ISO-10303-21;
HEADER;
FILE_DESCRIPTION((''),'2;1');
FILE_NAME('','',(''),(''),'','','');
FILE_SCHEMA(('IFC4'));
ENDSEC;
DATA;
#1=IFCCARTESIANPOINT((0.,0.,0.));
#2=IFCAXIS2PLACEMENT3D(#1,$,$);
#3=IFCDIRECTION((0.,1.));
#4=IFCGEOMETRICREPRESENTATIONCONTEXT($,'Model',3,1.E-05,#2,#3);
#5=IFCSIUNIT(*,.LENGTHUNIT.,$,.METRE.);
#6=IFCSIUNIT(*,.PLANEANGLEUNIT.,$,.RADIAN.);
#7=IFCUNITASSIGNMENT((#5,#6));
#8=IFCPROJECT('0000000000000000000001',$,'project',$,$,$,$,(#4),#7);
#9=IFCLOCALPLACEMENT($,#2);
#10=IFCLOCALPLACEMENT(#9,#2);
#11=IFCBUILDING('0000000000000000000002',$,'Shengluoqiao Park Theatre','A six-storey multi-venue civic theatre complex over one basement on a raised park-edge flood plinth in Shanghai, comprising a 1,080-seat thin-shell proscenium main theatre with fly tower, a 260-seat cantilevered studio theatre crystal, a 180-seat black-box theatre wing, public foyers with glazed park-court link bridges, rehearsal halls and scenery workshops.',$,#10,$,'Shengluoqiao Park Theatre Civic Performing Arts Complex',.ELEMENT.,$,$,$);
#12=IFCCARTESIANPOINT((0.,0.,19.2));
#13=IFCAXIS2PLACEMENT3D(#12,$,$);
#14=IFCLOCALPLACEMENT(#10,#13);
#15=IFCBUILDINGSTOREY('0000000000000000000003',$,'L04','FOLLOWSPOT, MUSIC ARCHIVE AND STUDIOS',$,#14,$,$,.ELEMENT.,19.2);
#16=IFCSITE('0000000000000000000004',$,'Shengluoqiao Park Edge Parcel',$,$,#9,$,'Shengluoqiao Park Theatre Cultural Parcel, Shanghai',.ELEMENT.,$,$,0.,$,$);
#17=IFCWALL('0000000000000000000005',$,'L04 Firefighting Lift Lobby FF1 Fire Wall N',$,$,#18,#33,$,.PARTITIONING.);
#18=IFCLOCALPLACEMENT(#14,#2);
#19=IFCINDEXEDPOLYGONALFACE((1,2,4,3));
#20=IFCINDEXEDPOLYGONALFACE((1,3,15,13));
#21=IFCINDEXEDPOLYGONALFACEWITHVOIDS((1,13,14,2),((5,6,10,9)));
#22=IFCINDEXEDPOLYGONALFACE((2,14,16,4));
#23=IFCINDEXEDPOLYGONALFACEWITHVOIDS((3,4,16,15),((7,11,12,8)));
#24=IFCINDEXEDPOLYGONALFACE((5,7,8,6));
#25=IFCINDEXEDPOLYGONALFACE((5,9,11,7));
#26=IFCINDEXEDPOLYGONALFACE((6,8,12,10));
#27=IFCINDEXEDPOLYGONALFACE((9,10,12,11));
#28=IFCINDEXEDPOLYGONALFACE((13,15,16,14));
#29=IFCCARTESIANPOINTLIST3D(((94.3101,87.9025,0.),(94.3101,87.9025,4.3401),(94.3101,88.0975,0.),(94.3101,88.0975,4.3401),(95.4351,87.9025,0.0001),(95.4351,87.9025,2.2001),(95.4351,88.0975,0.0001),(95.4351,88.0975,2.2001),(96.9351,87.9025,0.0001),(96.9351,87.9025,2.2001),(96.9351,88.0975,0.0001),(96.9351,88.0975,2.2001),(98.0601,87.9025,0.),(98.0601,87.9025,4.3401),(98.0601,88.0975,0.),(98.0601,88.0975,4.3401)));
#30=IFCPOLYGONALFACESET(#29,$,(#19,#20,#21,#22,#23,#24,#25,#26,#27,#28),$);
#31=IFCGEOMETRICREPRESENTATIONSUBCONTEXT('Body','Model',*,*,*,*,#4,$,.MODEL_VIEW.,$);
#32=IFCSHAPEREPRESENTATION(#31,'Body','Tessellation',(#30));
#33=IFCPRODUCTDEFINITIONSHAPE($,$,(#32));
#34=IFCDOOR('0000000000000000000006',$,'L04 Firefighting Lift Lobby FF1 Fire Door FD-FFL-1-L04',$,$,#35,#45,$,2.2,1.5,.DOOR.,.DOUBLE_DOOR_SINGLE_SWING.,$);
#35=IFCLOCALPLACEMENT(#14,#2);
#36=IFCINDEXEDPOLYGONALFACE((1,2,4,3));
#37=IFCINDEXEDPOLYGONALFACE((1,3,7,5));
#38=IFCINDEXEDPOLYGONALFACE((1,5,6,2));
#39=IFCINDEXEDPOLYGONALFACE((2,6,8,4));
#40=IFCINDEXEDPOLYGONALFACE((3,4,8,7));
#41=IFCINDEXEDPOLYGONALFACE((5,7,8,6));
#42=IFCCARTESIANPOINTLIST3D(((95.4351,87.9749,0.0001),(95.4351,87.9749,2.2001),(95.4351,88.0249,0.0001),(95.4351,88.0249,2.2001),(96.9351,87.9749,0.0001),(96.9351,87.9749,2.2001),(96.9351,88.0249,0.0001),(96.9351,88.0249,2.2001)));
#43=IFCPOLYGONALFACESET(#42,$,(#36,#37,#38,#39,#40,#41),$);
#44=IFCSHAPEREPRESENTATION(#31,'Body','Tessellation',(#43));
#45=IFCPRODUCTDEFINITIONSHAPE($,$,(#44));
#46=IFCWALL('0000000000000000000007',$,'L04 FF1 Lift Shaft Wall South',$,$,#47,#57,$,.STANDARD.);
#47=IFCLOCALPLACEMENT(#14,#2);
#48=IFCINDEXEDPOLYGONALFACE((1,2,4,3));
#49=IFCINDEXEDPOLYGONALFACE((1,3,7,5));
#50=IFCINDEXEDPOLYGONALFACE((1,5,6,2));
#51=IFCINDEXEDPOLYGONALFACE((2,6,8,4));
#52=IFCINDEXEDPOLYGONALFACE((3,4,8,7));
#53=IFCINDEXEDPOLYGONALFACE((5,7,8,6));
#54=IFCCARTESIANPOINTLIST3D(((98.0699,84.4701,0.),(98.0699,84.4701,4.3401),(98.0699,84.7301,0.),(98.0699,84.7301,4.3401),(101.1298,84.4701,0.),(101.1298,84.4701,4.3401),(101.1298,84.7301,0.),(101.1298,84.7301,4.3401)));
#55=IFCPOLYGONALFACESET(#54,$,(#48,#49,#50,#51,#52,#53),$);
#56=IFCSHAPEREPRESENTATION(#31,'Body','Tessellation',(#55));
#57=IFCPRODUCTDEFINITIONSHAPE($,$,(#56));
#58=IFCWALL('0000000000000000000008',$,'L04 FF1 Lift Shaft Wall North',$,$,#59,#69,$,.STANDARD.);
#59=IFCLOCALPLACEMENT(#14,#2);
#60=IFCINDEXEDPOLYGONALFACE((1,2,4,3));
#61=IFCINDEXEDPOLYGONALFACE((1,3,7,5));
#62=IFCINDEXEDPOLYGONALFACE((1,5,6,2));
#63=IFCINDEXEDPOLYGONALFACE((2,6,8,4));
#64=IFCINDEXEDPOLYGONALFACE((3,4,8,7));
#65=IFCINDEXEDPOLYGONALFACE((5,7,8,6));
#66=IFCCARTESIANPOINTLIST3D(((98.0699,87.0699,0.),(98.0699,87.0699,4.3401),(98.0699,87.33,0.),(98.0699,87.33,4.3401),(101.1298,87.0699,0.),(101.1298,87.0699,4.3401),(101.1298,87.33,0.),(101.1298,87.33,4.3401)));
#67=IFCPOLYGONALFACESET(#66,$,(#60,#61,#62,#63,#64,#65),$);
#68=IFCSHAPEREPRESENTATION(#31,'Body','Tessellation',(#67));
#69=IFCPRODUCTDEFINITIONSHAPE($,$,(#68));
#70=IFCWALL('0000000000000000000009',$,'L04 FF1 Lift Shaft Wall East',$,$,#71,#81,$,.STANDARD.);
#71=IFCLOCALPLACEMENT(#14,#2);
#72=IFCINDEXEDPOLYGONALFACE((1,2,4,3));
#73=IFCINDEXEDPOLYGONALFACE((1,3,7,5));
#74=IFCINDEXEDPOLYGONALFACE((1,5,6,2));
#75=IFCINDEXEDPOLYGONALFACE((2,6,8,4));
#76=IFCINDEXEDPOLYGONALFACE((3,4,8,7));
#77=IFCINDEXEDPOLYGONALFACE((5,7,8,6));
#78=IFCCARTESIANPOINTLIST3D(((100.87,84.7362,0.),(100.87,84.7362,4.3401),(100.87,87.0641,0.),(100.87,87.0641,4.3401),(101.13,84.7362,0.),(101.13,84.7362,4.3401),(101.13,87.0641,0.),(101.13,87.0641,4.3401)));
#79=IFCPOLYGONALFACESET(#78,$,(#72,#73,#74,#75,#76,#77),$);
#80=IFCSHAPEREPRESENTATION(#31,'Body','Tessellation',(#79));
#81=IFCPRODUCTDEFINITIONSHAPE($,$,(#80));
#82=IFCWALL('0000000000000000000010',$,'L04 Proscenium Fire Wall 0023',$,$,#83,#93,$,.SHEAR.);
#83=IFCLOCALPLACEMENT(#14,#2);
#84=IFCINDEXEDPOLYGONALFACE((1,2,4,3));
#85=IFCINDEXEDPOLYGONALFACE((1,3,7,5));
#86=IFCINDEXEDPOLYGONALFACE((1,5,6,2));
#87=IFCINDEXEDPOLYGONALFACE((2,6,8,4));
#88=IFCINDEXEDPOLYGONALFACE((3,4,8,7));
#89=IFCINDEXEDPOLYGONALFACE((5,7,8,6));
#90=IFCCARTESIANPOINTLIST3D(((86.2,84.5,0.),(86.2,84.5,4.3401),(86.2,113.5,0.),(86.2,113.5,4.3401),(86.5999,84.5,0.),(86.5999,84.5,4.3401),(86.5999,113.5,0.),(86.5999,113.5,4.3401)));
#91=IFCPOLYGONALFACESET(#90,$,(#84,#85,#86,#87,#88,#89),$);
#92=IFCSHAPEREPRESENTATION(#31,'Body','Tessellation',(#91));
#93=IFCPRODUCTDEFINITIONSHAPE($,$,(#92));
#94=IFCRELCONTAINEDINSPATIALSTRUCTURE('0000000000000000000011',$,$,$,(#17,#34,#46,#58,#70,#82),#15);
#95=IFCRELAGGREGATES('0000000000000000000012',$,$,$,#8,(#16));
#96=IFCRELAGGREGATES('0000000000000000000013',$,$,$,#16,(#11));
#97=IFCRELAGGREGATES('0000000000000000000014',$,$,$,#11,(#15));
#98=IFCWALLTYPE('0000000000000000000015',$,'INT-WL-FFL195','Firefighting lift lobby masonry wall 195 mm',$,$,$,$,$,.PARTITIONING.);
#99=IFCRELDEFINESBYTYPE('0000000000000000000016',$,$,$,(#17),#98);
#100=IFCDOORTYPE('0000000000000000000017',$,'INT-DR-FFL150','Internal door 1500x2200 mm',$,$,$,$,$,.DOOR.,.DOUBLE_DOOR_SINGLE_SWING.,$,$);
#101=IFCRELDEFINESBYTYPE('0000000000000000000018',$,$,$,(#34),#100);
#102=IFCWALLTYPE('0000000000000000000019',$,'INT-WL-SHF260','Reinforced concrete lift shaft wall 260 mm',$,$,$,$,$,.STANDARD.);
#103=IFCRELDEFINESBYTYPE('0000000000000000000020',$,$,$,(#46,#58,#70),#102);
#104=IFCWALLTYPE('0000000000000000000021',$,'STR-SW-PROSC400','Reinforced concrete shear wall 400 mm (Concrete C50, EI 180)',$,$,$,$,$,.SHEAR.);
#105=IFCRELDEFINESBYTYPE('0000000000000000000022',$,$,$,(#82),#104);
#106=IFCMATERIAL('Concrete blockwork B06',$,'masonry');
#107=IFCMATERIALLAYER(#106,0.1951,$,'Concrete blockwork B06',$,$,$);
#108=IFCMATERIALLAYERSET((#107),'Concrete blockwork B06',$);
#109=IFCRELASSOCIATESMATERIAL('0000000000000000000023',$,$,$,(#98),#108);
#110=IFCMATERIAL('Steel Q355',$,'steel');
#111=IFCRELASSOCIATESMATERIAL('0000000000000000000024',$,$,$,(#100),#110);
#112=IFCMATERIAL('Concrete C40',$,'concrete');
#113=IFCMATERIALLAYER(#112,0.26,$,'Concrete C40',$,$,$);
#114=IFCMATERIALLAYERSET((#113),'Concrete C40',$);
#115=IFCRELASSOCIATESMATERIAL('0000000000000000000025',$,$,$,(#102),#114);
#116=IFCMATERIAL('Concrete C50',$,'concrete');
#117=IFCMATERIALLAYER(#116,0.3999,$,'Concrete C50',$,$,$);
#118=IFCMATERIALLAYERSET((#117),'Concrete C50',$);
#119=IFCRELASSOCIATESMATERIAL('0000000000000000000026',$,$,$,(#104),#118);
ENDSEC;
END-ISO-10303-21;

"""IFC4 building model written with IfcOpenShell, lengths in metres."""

from ifc_helpers import new_model, si_unit, direction, frame, frame_2d, origin, place, context, subcontext, project, spatial, rectangle, extrude, material, layer, layer_set, type_object, element, fill, save


model = new_model("IFC4")

# Units and contexts
model_context = context("Model", 3, precision=1e-05, world=origin(), true_north=direction((0.0, 1.0)))
body_context = subcontext(model_context, "Body", "Model", "MODEL_VIEW")
ifc_project = project(units=[si_unit("LENGTHUNIT", "METRE"), si_unit("PLANEANGLEUNIT", "RADIAN")], contexts=[model_context])

# Site, building, storey
site_placement = place(None, origin())
site = spatial("IfcSite", under=ifc_project, at=site_placement, Name="Shengluoqiao Park Edge Parcel", LongName="Shengluoqiao Park Theatre Cultural Parcel, Shanghai", CompositionType="ELEMENT", RefElevation=0.0)
building_placement = place(site_placement, origin())
building = spatial("IfcBuilding", under=site, at=building_placement, Name="Shengluoqiao Park Theatre", Description="A six-storey multi-venue civic theatre complex over one basement on a raised park-edge flood plinth in Shanghai, comprising a 1,080-seat thin-shell proscenium main theatre with fly tower, a 260-seat cantilevered studio theatre crystal, a 180-seat black-box theatre wing, public foyers with glazed park-court link bridges, rehearsal halls and scenery workshops.", LongName="Shengluoqiao Park Theatre Civic Performing Arts Complex", CompositionType="ELEMENT")
storey_placement = place(building_placement, frame((0.0, 0.0, 19.2)))
storey = spatial("IfcBuildingStorey", under=building, at=storey_placement, Name="L04", Description="FOLLOWSPOT, MUSIC ARCHIVE AND STUDIOS", CompositionType="ELEMENT", Elevation=19.2)

# Shared definitions
ifc_material_1 = material(Name="Concrete C50", Category="concrete")

# Shared definitions
ifc_material_2 = material(Name="Steel Q355", Category="steel")

# Shared definitions
ifc_material_3 = material(Name="Concrete C40", Category="concrete")
ifc_material_4 = material(Name="Concrete blockwork B06", Category="masonry")
ifc_layer_1 = layer(ifc_material_4, 0.1951, Name="Concrete blockwork B06")
ifc_layer_set_1 = layer_set([ifc_layer_1], Name="Concrete blockwork B06")
wall_type_1 = type_object("IfcWallType", Name="INT-WL-FFL195", Description="Firefighting lift lobby masonry wall 195 mm", PredefinedType="PARTITIONING", material=ifc_layer_set_1)

# Wall, opening, door
wall_1_placement = place(storey_placement, frame((94.3101, 88.0, 0.0), z_axis=(0.0, 0.0, 1.0), x_axis=(1.0, 0.0, 0.0)))
wall_1 = element("IfcWall", 1, at=wall_1_placement, inside=storey, type_object=wall_type_1, Name="L04 Firefighting Lift Lobby FF1 Fire Wall N", PredefinedType="PARTITIONING", context=body_context, shape_type="SweptSolid", body=[
    extrude(rectangle(XDim=3.75, YDim=0.1951, at=frame_2d((1.875, 0.0))), origin(), (0.0, 0.0, 1.0), 4.3401),
])
opening_1_placement = place(wall_1_placement, frame((1.125, 0.0, 0.0)))
opening_1 = element("IfcOpeningElement", 2, at=opening_1_placement, cuts=wall_1, PredefinedType="OPENING", context=body_context, shape_type="SweptSolid", body=[
    extrude(rectangle(XDim=1.5, YDim=2.2, at=frame_2d((0.75, 1.1001))), frame((0.0, 0.1074, 0.0), z_axis=(0.0, -1.0, 0.0), x_axis=(1.0, 0.0, 0.0)), (0.0, 0.0, 1.0), 0.2151),
])
door_type_1 = type_object("IfcDoorType", Name="INT-DR-FFL150", Description="Internal door 1500x2200 mm", OperationType="DOUBLE_DOOR_SINGLE_SWING", PredefinedType="DOOR", material=ifc_material_2)
door_1_placement = place(opening_1_placement, origin())
door_1 = element("IfcDoor", 3, at=door_1_placement, inside=storey, type_object=door_type_1, Name="L04 Firefighting Lift Lobby FF1 Fire Door FD-FFL-1-L04", OperationType="DOUBLE_DOOR_SINGLE_SWING", OverallHeight=2.2, OverallWidth=1.5, PredefinedType="DOOR", context=body_context, shape_type="SweptSolid", body=[
    extrude(rectangle(XDim=1.5, YDim=2.2, at=frame_2d((0.75, 1.1001))), frame((0.0, 0.0249, 0.0), z_axis=(0.0, -1.0, 0.0), x_axis=(1.0, 0.0, 0.0)), (0.0, 0.0, 1.0), 0.05),
])
fill(opening_1, door_1)

# Walls
ifc_layer_2 = layer(ifc_material_3, 0.26, Name="Concrete C40")
ifc_layer_set_2 = layer_set([ifc_layer_2], Name="Concrete C40")
wall_type_2 = type_object("IfcWallType", Name="INT-WL-SHF260", Description="Reinforced concrete lift shaft wall 260 mm", PredefinedType="STANDARD", material=ifc_layer_set_2)
for number, where, z_axis, x_axis, name in (
    (4, (98.0701, 84.6001, 0.0), (0.0, 0.0, 1.0), (1.0, 0.0, 0.0), "L04 FF1 Lift Shaft Wall South"),
    (5, (98.0701, 87.2, 0.0), (0.0, 0.0, 1.0), (1.0, 0.0, 0.0), "L04 FF1 Lift Shaft Wall North"),
):
    element("IfcWall", number, at=place(storey_placement, frame(where, z_axis=z_axis, x_axis=x_axis)), inside=storey, type_object=wall_type_2, Name=name, PredefinedType="STANDARD", context=body_context, shape_type="SweptSolid", body=[
        extrude(rectangle(XDim=3.0598, YDim=0.26, at=frame_2d((1.5298, 0.0))), origin(), (0.0, 0.0, 1.0), 4.3401),
    ])

# Walls
wall_2_placement = place(storey_placement, frame((101.0, 84.7361, 0.0), z_axis=(0.0, 0.0, 1.0), x_axis=(0.0, 1.0, 0.0)))
element("IfcWall", 6, at=wall_2_placement, inside=storey, type_object=wall_type_2, Name="L04 FF1 Lift Shaft Wall East", PredefinedType="STANDARD", context=body_context, shape_type="SweptSolid", body=[
    extrude(rectangle(XDim=2.3279, YDim=0.26, at=frame_2d((1.1641, 0.0))), origin(), (0.0, 0.0, 1.0), 4.3401),
])
ifc_layer_3 = layer(ifc_material_1, 0.3999, Name="Concrete C50")
ifc_layer_set_3 = layer_set([ifc_layer_3], Name="Concrete C50")
wall_type_3 = type_object("IfcWallType", Name="STR-SW-PROSC400", Description="Reinforced concrete shear wall 400 mm (Concrete C50, EI 180)", PredefinedType="SHEAR", material=ifc_layer_set_3)
wall_3_placement = place(storey_placement, frame((86.3999, 84.5, 0.0), z_axis=(0.0, 0.0, 1.0), x_axis=(0.0, 1.0, 0.0)))
element("IfcWall", 7, at=wall_3_placement, inside=storey, type_object=wall_type_3, Name="L04 Proscenium Fire Wall 0023", PredefinedType="SHEAR", context=body_context, shape_type="SweptSolid", body=[
    extrude(rectangle(XDim=29.0, YDim=0.3999, at=frame_2d((14.5, 0.0))), origin(), (0.0, 0.0, 1.0), 4.3401),
])

save(model, "model.ifc")
